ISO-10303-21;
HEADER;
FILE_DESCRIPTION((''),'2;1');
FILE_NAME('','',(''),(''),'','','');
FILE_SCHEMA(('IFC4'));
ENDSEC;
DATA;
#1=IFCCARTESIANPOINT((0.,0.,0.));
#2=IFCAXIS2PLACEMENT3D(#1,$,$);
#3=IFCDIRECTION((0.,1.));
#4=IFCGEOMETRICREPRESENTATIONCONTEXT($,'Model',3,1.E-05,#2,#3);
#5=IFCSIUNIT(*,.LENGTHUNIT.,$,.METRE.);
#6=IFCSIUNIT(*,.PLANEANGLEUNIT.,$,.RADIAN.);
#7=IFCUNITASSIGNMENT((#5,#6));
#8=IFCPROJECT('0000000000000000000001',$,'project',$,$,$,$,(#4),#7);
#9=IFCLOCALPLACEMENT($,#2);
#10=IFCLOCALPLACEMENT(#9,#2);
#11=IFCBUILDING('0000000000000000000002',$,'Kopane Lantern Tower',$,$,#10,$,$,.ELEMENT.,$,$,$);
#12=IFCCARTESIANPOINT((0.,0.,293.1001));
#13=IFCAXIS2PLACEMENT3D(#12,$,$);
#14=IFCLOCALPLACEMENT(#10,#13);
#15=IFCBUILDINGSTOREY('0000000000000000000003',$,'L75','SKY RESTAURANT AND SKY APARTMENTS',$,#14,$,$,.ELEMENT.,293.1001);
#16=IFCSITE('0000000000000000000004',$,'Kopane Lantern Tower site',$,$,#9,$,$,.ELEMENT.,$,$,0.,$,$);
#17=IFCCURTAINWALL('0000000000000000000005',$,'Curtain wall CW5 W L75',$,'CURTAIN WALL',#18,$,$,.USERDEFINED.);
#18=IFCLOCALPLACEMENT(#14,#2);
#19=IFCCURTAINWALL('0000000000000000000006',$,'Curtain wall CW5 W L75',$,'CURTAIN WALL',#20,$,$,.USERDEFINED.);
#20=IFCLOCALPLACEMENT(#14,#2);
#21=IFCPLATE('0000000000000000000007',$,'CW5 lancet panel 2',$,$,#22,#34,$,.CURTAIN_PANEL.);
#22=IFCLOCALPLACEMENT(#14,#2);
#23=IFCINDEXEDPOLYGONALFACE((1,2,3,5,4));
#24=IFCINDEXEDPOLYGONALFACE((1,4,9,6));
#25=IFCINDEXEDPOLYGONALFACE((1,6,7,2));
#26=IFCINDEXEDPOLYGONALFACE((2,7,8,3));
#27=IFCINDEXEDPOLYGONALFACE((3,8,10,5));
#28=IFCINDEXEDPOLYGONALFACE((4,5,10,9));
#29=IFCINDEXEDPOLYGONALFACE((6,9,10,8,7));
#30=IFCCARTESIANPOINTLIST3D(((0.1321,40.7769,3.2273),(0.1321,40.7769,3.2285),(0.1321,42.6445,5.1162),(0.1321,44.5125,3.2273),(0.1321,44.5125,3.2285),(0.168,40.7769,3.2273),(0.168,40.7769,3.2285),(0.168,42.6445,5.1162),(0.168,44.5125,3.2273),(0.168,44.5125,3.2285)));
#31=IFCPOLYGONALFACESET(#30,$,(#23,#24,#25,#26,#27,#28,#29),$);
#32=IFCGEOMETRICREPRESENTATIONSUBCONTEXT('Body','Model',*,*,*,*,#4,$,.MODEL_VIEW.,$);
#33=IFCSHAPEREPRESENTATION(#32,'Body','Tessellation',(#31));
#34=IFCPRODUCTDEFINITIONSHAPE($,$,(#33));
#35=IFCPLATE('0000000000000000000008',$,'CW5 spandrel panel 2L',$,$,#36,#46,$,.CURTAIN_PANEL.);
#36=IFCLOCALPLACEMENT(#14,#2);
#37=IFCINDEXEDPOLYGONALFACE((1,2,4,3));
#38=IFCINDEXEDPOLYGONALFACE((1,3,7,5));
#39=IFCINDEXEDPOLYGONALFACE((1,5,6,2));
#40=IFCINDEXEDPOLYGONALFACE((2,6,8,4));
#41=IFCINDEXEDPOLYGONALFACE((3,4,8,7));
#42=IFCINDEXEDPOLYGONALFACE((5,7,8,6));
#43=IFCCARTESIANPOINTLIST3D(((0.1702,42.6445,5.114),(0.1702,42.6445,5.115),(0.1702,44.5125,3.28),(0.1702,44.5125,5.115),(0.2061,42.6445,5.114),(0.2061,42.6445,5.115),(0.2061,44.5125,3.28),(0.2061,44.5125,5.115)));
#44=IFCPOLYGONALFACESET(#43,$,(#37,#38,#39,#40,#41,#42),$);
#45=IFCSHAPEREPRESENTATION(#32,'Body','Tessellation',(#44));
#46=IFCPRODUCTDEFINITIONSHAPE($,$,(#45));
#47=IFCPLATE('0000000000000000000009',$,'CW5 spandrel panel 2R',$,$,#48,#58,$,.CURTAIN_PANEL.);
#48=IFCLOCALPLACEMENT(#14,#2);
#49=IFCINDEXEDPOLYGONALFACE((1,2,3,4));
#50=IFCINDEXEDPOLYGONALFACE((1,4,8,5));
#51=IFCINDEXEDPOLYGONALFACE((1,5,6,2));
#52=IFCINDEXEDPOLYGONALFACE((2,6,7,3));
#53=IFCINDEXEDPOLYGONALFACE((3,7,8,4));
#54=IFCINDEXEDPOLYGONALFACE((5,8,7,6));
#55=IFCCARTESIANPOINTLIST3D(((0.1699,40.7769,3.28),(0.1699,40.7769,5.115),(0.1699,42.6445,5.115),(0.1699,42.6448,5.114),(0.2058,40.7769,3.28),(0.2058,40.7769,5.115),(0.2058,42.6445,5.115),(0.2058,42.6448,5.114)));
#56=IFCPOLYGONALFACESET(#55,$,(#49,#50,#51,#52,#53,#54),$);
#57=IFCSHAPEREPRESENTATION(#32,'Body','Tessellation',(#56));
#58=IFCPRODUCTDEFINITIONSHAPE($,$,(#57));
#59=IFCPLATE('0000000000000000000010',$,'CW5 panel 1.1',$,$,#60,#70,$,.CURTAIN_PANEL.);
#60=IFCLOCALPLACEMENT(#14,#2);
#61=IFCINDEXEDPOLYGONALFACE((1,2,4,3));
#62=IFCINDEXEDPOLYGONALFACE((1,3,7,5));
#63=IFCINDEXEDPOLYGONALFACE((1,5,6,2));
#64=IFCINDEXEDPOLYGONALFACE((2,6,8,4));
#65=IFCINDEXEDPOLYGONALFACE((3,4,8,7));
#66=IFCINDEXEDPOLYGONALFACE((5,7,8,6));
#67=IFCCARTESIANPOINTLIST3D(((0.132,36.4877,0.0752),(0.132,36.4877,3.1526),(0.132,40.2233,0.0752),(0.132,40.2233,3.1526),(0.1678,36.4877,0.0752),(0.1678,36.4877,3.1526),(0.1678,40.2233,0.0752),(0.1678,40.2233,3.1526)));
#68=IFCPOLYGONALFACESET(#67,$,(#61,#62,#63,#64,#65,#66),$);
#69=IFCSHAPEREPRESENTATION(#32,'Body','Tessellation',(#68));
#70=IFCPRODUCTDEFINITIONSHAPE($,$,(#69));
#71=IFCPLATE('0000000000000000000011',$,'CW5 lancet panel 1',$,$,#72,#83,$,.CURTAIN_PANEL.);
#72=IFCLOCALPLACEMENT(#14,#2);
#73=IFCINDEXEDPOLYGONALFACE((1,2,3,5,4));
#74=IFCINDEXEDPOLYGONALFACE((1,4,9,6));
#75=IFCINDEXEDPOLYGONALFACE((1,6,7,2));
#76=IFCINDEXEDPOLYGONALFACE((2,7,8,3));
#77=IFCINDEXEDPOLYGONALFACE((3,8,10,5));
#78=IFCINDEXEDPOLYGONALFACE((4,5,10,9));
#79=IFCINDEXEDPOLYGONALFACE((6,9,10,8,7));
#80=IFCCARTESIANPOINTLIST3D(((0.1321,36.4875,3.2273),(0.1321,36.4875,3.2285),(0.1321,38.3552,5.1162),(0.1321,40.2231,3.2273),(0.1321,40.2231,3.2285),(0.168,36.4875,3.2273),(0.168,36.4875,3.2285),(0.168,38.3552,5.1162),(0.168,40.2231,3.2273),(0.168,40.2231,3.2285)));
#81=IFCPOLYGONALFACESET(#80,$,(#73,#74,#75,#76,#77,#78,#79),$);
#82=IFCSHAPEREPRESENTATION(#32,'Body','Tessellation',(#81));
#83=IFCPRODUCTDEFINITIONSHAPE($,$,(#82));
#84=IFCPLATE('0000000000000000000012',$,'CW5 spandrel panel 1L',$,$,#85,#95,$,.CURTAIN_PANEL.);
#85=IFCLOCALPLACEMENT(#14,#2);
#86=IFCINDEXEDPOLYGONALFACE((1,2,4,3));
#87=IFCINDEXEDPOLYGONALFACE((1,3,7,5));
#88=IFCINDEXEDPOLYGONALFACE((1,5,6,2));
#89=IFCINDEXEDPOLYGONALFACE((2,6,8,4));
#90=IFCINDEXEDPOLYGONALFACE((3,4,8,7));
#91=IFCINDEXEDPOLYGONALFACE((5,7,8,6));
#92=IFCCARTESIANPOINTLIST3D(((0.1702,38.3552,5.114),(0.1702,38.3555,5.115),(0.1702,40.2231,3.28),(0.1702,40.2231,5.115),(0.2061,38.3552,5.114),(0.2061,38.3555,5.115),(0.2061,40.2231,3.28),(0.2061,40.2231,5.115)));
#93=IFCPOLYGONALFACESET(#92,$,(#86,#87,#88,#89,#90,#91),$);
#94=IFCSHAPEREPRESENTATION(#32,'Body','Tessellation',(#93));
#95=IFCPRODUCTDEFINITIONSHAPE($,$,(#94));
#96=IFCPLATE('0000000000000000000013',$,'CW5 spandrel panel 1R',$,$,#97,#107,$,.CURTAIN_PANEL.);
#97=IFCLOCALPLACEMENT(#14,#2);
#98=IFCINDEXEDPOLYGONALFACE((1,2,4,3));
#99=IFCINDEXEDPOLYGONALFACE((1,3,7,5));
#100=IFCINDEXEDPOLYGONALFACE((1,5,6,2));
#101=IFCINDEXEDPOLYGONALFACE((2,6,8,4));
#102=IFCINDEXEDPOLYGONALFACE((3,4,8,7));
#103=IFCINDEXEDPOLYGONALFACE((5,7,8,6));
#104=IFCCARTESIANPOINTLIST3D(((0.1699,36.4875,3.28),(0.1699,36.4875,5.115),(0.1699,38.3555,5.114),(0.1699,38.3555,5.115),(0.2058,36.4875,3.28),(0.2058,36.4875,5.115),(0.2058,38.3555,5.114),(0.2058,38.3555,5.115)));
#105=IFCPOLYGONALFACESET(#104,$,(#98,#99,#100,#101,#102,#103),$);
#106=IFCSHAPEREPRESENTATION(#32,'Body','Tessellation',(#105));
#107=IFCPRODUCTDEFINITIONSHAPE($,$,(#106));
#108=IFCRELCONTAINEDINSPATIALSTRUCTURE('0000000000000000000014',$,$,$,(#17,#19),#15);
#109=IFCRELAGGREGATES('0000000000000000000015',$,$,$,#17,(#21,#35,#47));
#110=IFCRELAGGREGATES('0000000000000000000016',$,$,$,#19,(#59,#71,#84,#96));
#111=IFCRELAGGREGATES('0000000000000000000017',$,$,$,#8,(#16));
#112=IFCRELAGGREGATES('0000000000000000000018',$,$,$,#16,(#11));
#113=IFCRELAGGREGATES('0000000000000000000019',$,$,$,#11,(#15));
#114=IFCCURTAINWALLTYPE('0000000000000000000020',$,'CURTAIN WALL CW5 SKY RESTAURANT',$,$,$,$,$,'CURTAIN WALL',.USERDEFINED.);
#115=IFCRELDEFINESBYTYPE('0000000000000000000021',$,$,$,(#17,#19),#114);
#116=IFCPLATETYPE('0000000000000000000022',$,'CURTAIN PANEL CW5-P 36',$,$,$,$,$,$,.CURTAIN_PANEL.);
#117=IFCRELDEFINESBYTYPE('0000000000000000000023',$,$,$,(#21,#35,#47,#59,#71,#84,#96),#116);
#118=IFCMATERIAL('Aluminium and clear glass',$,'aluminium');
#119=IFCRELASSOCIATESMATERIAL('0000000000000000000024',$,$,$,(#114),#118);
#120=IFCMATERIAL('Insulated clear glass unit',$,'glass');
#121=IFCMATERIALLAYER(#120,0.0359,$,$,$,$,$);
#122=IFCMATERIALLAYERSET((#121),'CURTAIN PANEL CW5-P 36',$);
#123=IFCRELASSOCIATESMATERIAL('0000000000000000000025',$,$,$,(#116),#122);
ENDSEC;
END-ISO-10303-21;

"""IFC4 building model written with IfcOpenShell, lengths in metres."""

from ifc_helpers import new_model, si_unit, direction, frame, origin, origin_2d, place, context, subcontext, project, spatial, polyline, rectangle, outline, extrude, material, layer, layer_set, type_object, element, aggregate, save


model = new_model("IFC4")

# Units and contexts
model_context = context("Model", 3, precision=1e-05, world=origin(), true_north=direction((0.0, 1.0)))
body_context = subcontext(model_context, "Body", "Model", "MODEL_VIEW")
ifc_project = project(units=[si_unit("LENGTHUNIT", "METRE"), si_unit("PLANEANGLEUNIT", "RADIAN")], contexts=[model_context])

# Site, building, storey
site_placement = place(None, origin())
site = spatial("IfcSite", under=ifc_project, at=site_placement, Name="Kopane Lantern Tower site", CompositionType="ELEMENT", RefElevation=0.0)
building_placement = place(site_placement, origin())
building = spatial("IfcBuilding", under=site, at=building_placement, Name="Kopane Lantern Tower", CompositionType="ELEMENT")
storey_placement = place(building_placement, frame((0.0, 0.0, 293.1001)))
storey = spatial("IfcBuildingStorey", under=building, at=storey_placement, Name="L75", Description="SKY RESTAURANT AND SKY APARTMENTS", CompositionType="ELEMENT", Elevation=293.1001)

# Curtain walls
ifc_material_1 = material(Name="Aluminium and clear glass", Category="aluminium")
curtain_wall_type = type_object("IfcCurtainWallType", Name="CURTAIN WALL CW5 SKY RESTAURANT", ElementType="CURTAIN WALL", PredefinedType="USERDEFINED", material=ifc_material_1)
curtain_wall_1_placement = place(storey_placement, origin())
curtain_wall_1 = element("IfcCurtainWall", 1, at=curtain_wall_1_placement, inside=storey, type_object=curtain_wall_type, Name="Curtain wall CW5 W L75", ObjectType="CURTAIN WALL", PredefinedType="USERDEFINED")
curtain_wall_2_placement = place(storey_placement, origin())
curtain_wall_2 = element("IfcCurtainWall", 2, at=curtain_wall_2_placement, inside=storey, type_object=curtain_wall_type, Name="Curtain wall CW5 W L75", ObjectType="CURTAIN WALL", PredefinedType="USERDEFINED")

# Plates
ifc_material_2 = material(Name="Insulated clear glass unit", Category="glass")
ifc_layer = layer(ifc_material_2, 0.0359)
ifc_layer_set = layer_set([ifc_layer], Name="CURTAIN PANEL CW5-P 36")
plate_type = type_object("IfcPlateType", Name="CURTAIN PANEL CW5-P 36", PredefinedType="CURTAIN_PANEL", material=ifc_layer_set)
plate_1_placement = place(storey_placement, frame((0.1499, 44.5125, 3.2273), z_axis=(0.0, 0.0, 1.0), x_axis=(0.0, -1.0, 0.0)))
plate_1 = element("IfcPlate", 3, at=plate_1_placement, type_object=plate_type, Name="CW5 lancet panel 2", PredefinedType="CURTAIN_PANEL", context=body_context, shape_type="SweptSolid", body=[
    extrude(outline(polyline([(0.0, 0.0), (3.7356, 0.0), (3.7356, 0.0012), (1.8679, 1.8889), (0.0, 0.0012), (0.0, 0.0)])), frame((0.0, 0.0181, 0.0), z_axis=(0.0, -1.0, 0.0), x_axis=(1.0, 0.0, 0.0)), (0.0, 0.0, 1.0), 0.0359),
])
plate_2_placement = place(storey_placement, frame((0.188, 44.5125, 5.115), z_axis=(0.0, 0.0, 1.0), x_axis=(0.0, -1.0, 0.0)))
plate_2 = element("IfcPlate", 4, at=plate_2_placement, type_object=plate_type, Name="CW5 spandrel panel 2L", PredefinedType="CURTAIN_PANEL", context=body_context, shape_type="SweptSolid", body=[
    extrude(outline(polyline([(0.0, 0.0), (1.8679, 0.0), (1.8679, -0.001), (0.0, -1.835), (0.0, 0.0)])), frame((0.0, 0.0181, 0.0), z_axis=(0.0, -1.0, 0.0), x_axis=(1.0, 0.0, 0.0)), (0.0, 0.0, 1.0), 0.0359),
])
plate_3_placement = place(storey_placement, frame((0.188, 40.7769, 5.115), z_axis=(0.0, 0.0, 1.0), x_axis=(0.0, 1.0, 0.0)))
plate_3 = element("IfcPlate", 5, at=plate_3_placement, type_object=plate_type, Name="CW5 spandrel panel 2R", PredefinedType="CURTAIN_PANEL", context=body_context, shape_type="SweptSolid", body=[
    extrude(outline(polyline([(0.0, 0.0), (1.8677, 0.0), (1.8679, -0.001), (0.0, -1.835), (0.0, 0.0)])), frame((0.0, 0.0181, 0.0), z_axis=(0.0, -1.0, 0.0), x_axis=(1.0, 0.0, 0.0)), (0.0, 0.0, 1.0), 0.0359),
])
aggregate(curtain_wall_1, [plate_1, plate_2, plate_3])
plate_4_placement = place(storey_placement, frame((0.1499, 38.3555, 0.0752), z_axis=(0.0, 0.0, 1.0), x_axis=(0.0, -1.0, 0.0)))
plate_4 = element("IfcPlate", 6, at=plate_4_placement, type_object=plate_type, Name="CW5 panel 1.1", PredefinedType="CURTAIN_PANEL", context=body_context, shape_type="SweptSolid", body=[
    extrude(rectangle(XDim=3.7356, YDim=0.0359, at=origin_2d()), origin(), (0.0, 0.0, 1.0), 3.0774),
])
plate_5_placement = place(storey_placement, frame((0.1499, 40.2231, 3.2273), z_axis=(0.0, 0.0, 1.0), x_axis=(0.0, -1.0, 0.0)))
plate_5 = element("IfcPlate", 7, at=plate_5_placement, type_object=plate_type, Name="CW5 lancet panel 1", PredefinedType="CURTAIN_PANEL", context=body_context, shape_type="SweptSolid", body=[
    extrude(outline(polyline([(0.0, 0.0), (3.7356, 0.0), (3.7356, 0.0012), (1.8679, 1.8889), (0.0, 0.0012), (0.0, 0.0)])), frame((0.0, 0.0181, 0.0), z_axis=(0.0, -1.0, 0.0), x_axis=(1.0, 0.0, 0.0)), (0.0, 0.0, 1.0), 0.0359),
])
plate_6_placement = place(storey_placement, frame((0.188, 40.2231, 5.115), z_axis=(0.0, 0.0, 1.0), x_axis=(0.0, -1.0, 0.0)))
plate_6 = element("IfcPlate", 8, at=plate_6_placement, type_object=plate_type, Name="CW5 spandrel panel 1L", PredefinedType="CURTAIN_PANEL", context=body_context, shape_type="SweptSolid", body=[
    extrude(outline(polyline([(0.0, 0.0), (1.8677, 0.0), (1.8679, -0.001), (0.0, -1.835), (0.0, 0.0)])), frame((0.0, 0.0181, 0.0), z_axis=(0.0, -1.0, 0.0), x_axis=(1.0, 0.0, 0.0)), (0.0, 0.0, 1.0), 0.0359),
])
plate_7_placement = place(storey_placement, frame((0.188, 36.4875, 5.115), z_axis=(0.0, 0.0, 1.0), x_axis=(0.0, 1.0, 0.0)))
plate_7 = element("IfcPlate", 9, at=plate_7_placement, type_object=plate_type, Name="CW5 spandrel panel 1R", PredefinedType="CURTAIN_PANEL", context=body_context, shape_type="SweptSolid", body=[
    extrude(outline(polyline([(0.0, 0.0), (1.8679, 0.0), (1.8679, -0.001), (0.0, -1.835), (0.0, 0.0)])), frame((0.0, 0.0181, 0.0), z_axis=(0.0, -1.0, 0.0), x_axis=(1.0, 0.0, 0.0)), (0.0, 0.0, 1.0), 0.0359),
])
aggregate(curtain_wall_2, [plate_4, plate_5, plate_6, plate_7])

save(model, "model.ifc")
